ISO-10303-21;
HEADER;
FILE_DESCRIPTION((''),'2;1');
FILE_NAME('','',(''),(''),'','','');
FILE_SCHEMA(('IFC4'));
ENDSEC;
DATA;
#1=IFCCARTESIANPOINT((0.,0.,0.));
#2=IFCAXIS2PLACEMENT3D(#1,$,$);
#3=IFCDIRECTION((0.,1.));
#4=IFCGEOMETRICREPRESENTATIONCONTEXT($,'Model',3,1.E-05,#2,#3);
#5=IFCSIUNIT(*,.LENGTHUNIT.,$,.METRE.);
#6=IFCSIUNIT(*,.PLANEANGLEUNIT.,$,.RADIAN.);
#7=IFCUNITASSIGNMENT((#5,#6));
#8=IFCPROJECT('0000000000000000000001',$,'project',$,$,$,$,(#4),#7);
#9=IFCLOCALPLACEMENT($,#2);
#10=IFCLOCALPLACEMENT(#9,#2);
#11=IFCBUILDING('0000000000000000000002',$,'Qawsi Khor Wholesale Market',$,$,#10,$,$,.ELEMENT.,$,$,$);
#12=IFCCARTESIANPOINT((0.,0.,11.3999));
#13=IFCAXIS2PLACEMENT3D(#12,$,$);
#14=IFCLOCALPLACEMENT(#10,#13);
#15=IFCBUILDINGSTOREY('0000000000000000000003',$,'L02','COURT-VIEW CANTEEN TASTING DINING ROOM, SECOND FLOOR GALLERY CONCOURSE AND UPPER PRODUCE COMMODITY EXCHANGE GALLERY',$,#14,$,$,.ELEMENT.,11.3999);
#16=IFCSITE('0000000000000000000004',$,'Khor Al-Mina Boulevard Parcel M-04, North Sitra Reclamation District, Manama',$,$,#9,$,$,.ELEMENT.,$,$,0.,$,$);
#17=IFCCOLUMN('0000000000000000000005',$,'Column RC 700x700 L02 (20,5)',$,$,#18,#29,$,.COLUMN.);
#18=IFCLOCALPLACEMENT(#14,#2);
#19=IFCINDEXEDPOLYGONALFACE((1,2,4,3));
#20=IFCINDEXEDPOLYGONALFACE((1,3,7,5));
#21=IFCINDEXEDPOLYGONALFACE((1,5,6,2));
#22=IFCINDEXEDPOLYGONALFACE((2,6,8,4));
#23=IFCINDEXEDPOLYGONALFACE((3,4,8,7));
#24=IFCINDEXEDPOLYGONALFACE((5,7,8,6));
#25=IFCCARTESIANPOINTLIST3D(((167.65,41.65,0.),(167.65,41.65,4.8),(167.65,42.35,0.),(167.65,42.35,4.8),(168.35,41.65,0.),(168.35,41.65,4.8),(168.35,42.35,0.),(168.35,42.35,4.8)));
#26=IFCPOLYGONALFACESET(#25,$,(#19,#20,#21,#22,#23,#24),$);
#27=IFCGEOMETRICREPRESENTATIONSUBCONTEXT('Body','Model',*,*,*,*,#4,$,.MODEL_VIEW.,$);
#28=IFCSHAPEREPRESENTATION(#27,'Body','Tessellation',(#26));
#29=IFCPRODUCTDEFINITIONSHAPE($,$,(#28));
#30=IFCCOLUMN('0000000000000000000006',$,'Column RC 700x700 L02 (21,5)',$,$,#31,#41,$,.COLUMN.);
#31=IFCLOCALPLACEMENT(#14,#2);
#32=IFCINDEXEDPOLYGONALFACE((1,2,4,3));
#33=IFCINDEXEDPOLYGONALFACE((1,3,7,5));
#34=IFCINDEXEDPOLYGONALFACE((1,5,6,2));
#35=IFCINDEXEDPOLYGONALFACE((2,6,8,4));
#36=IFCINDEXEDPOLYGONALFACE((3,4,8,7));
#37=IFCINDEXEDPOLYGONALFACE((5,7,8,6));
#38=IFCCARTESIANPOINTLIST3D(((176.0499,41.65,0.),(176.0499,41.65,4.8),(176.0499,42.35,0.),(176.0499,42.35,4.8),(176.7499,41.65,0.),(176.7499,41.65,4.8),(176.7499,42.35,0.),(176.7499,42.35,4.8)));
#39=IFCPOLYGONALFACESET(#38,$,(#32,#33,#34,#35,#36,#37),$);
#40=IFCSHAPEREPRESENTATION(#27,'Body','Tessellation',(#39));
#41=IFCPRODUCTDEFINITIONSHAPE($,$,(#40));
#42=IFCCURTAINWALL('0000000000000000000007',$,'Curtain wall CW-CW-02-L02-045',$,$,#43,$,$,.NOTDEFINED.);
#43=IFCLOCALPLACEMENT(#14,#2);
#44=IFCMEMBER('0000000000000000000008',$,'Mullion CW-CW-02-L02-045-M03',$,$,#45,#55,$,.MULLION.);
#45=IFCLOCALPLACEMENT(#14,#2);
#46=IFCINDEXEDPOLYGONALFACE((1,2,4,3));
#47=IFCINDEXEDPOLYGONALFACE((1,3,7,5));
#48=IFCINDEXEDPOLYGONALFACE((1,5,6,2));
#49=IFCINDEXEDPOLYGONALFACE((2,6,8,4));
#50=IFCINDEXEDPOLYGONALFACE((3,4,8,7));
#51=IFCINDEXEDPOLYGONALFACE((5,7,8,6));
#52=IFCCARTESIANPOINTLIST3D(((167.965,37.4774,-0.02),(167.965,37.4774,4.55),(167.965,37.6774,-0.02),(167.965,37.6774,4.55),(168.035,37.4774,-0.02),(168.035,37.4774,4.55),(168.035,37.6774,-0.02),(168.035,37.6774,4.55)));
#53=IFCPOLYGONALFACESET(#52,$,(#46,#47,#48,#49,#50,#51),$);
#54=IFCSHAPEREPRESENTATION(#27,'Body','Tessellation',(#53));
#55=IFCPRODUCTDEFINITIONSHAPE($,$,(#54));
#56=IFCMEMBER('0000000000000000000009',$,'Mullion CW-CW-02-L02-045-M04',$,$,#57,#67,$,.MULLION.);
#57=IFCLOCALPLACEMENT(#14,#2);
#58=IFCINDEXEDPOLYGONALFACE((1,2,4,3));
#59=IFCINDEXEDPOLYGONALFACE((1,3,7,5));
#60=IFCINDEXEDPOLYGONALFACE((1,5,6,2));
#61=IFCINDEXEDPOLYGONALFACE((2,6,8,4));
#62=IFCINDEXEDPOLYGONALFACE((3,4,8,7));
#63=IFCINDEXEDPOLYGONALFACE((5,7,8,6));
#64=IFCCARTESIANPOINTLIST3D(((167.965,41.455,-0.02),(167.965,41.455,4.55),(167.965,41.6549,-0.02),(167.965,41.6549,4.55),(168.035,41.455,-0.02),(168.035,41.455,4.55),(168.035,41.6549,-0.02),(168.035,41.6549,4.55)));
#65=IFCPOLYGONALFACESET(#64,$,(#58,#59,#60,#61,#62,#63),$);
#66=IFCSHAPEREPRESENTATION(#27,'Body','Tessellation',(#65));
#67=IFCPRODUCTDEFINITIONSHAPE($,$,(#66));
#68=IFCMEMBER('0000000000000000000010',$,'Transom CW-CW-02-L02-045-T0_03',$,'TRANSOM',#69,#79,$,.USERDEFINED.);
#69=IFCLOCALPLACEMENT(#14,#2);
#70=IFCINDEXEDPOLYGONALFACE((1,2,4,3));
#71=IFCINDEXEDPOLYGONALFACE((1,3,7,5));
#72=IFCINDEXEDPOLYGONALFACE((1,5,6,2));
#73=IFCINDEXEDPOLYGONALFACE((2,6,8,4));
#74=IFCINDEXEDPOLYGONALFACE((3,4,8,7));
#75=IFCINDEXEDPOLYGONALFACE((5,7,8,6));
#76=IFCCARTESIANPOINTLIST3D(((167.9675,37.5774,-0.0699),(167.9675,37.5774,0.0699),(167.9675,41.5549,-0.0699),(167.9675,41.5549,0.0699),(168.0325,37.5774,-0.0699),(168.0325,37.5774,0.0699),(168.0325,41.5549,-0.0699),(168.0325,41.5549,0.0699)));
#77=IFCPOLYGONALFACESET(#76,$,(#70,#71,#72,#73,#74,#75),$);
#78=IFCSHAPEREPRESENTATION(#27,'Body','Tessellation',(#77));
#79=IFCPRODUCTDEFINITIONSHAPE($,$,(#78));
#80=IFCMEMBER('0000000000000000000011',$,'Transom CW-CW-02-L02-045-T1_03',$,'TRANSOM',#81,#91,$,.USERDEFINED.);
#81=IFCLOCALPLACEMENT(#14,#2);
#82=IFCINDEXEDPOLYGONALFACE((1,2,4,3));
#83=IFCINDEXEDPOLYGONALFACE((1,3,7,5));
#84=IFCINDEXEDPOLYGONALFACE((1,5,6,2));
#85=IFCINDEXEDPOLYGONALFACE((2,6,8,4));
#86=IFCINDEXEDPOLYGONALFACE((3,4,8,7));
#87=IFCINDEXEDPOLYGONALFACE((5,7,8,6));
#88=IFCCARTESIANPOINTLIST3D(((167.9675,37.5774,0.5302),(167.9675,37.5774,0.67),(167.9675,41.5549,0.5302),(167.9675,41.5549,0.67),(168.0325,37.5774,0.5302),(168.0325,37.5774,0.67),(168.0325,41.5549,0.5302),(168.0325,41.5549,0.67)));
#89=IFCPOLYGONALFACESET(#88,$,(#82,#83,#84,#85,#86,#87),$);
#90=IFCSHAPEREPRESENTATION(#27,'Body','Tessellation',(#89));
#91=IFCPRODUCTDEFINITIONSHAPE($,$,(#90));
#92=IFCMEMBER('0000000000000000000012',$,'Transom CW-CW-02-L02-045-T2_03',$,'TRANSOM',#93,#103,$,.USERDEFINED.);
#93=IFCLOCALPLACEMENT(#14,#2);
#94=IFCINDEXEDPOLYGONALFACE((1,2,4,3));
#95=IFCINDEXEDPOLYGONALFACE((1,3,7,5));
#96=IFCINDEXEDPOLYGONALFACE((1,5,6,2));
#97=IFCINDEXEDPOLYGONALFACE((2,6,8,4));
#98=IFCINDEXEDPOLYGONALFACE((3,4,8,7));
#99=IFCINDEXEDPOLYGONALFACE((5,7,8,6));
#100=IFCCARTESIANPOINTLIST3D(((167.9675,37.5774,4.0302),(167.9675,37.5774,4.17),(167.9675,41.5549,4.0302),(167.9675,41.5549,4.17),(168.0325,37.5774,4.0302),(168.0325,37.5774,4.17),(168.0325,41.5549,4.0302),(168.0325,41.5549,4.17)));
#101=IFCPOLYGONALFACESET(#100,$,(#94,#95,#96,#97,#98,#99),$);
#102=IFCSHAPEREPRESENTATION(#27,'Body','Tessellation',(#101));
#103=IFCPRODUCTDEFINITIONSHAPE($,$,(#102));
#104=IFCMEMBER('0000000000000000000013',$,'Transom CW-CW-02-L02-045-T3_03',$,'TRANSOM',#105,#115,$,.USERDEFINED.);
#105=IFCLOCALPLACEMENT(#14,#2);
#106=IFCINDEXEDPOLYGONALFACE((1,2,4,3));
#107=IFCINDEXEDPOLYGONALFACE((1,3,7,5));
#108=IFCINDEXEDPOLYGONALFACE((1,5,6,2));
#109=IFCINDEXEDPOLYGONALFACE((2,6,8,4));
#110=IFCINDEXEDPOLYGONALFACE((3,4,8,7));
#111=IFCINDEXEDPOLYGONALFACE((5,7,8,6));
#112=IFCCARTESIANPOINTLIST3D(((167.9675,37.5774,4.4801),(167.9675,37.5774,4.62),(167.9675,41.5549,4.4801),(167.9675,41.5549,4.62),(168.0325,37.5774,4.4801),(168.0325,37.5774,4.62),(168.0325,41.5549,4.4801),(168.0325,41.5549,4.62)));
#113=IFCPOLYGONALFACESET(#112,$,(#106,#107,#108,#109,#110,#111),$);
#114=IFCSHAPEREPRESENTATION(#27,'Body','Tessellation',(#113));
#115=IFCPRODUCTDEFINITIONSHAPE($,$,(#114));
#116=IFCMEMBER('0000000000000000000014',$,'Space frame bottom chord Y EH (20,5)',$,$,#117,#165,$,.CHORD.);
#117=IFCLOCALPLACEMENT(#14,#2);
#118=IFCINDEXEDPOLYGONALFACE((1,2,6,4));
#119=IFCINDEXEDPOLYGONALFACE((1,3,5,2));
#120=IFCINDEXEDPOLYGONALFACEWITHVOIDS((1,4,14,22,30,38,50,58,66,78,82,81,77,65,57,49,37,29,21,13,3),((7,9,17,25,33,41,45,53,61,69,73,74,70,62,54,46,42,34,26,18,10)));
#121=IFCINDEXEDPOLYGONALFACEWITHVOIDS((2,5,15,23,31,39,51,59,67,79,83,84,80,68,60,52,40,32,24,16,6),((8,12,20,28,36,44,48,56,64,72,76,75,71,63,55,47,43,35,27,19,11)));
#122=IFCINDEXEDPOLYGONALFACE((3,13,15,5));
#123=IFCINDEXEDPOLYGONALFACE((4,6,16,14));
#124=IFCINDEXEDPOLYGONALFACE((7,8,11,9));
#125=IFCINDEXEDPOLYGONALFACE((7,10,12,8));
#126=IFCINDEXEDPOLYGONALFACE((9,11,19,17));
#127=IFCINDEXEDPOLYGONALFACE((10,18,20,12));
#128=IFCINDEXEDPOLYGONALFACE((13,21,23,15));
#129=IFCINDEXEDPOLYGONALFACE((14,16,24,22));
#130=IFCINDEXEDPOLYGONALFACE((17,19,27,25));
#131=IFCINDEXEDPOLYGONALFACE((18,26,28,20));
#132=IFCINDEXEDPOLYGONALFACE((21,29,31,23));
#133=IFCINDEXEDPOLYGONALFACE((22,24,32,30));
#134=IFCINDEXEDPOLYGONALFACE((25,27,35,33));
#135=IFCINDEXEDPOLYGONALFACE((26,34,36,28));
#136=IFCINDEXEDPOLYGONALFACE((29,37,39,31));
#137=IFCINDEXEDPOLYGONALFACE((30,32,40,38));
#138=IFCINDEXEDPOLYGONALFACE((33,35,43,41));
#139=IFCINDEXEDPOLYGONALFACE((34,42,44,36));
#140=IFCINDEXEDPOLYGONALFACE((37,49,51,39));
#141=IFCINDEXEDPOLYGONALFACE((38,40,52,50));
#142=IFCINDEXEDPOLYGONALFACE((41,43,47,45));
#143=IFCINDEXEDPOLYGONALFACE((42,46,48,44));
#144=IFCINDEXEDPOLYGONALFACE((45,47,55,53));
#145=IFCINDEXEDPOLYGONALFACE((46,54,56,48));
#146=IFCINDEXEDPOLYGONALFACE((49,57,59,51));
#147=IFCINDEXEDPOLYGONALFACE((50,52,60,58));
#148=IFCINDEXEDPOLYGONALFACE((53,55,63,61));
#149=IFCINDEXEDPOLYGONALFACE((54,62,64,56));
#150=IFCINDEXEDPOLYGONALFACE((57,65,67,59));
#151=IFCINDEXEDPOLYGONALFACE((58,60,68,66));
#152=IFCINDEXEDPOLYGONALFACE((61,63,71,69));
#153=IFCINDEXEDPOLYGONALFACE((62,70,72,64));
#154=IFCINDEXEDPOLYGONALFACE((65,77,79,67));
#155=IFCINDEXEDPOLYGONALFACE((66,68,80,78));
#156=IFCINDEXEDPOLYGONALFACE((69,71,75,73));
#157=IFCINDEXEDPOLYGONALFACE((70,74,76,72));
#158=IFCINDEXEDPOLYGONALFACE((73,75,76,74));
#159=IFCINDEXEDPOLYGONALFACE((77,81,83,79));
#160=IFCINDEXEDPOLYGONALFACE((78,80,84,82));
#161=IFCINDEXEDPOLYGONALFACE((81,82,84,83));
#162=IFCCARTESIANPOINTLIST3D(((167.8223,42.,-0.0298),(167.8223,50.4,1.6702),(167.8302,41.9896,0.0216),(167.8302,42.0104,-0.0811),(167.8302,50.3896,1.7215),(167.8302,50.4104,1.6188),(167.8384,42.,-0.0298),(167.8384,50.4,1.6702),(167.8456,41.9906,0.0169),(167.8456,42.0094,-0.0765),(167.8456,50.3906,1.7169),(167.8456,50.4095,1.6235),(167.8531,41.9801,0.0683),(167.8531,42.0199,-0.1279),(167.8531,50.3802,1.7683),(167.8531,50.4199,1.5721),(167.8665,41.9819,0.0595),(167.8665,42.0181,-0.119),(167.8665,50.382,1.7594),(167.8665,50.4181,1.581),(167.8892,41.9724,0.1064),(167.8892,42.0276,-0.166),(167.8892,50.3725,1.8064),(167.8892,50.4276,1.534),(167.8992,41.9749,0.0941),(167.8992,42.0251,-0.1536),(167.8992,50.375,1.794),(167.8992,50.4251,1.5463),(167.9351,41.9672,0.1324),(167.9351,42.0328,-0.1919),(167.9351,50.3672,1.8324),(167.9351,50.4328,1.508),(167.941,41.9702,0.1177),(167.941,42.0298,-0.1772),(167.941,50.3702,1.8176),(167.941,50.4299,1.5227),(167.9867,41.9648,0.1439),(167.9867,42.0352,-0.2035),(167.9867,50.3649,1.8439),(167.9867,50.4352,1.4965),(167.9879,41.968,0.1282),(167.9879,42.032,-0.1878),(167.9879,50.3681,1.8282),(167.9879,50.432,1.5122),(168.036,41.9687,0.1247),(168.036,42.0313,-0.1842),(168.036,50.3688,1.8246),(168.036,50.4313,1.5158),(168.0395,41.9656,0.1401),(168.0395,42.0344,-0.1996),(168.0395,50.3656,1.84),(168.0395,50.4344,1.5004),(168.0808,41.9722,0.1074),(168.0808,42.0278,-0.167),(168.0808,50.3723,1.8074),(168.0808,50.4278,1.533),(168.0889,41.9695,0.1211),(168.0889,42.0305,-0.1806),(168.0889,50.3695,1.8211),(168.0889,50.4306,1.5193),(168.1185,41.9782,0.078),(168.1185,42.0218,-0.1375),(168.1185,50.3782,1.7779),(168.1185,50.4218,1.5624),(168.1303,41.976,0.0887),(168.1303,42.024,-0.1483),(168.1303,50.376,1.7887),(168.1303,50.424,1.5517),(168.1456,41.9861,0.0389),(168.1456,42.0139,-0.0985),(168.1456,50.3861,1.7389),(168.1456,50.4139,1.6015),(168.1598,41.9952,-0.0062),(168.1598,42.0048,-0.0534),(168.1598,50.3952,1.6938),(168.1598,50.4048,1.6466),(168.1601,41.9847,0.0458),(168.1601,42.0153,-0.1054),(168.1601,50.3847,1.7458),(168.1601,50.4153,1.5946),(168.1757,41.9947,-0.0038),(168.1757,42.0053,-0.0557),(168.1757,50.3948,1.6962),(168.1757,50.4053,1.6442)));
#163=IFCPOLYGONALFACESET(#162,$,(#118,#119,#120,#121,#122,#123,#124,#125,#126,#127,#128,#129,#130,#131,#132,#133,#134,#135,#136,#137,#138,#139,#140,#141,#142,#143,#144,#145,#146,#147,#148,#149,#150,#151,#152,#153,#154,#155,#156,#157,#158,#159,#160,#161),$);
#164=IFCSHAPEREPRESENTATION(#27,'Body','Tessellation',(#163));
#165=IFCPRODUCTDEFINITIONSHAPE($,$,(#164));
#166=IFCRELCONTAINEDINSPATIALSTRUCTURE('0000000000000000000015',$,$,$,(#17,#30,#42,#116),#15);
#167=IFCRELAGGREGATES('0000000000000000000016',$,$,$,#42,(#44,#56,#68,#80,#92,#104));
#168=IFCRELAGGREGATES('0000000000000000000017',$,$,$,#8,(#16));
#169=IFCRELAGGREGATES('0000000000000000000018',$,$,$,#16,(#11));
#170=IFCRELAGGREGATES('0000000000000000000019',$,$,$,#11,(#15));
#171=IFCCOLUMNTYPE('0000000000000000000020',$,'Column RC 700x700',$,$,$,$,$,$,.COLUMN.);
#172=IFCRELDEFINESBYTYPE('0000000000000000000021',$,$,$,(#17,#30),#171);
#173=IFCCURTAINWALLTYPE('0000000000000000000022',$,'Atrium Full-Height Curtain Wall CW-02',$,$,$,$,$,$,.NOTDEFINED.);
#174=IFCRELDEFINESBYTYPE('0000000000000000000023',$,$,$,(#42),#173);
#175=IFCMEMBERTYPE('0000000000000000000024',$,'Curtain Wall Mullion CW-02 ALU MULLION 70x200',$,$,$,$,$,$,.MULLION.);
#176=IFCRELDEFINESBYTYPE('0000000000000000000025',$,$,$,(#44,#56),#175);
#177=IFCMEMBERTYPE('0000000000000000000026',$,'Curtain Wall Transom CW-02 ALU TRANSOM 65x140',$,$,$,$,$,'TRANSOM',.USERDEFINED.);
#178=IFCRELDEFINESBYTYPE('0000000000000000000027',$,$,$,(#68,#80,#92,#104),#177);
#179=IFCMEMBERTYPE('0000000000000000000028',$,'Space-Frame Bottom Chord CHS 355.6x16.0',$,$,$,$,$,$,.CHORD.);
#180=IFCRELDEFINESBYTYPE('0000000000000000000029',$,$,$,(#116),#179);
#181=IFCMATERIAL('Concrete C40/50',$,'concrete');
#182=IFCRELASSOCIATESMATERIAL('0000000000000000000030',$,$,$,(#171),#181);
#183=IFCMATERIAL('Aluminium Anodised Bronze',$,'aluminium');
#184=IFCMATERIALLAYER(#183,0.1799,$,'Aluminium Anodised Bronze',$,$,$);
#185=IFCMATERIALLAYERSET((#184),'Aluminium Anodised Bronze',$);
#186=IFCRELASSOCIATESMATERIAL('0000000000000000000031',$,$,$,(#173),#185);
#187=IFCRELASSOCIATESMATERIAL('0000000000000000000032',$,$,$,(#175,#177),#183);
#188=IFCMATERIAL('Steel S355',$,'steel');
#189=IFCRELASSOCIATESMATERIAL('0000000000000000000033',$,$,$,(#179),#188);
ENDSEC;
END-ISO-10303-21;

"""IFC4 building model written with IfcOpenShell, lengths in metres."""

from ifc_helpers import new_model, si_unit, direction, frame, origin, origin_2d, place, context, subcontext, project, spatial, rectangle, hollow_circle, extrude, material, layer, layer_set, material_profile, profile_set, type_object, element, aggregate, save


model = new_model("IFC4")

# Units and contexts
model_context = context("Model", 3, precision=1e-05, world=origin(), true_north=direction((0.0, 1.0)))
body_context = subcontext(model_context, "Body", "Model", "MODEL_VIEW")
ifc_project = project(units=[si_unit("LENGTHUNIT", "METRE"), si_unit("PLANEANGLEUNIT", "RADIAN")], contexts=[model_context])

# Site, building, storey
site_placement = place(None, origin())
site = spatial("IfcSite", under=ifc_project, at=site_placement, Name="Khor Al-Mina Boulevard Parcel M-04, North Sitra Reclamation District, Manama", CompositionType="ELEMENT", RefElevation=0.0)
building_placement = place(site_placement, origin())
building = spatial("IfcBuilding", under=site, at=building_placement, Name="Qawsi Khor Wholesale Market", CompositionType="ELEMENT")
storey_placement = place(building_placement, frame((0.0, 0.0, 11.3999)))
storey = spatial("IfcBuildingStorey", under=building, at=storey_placement, Name="L02", Description="COURT-VIEW CANTEEN TASTING DINING ROOM, SECOND FLOOR GALLERY CONCOURSE AND UPPER PRODUCE COMMODITY EXCHANGE GALLERY", CompositionType="ELEMENT", Elevation=11.3999)

# Columns
ifc_material_1 = material(Name="Concrete C40/50", Category="concrete")
ifc_material_profile_1 = material_profile(ifc_material_1, rectangle(XDim=0.7, YDim=0.7, at=origin_2d()), Name="RC 700x700")
ifc_profile_set_1 = profile_set([ifc_material_profile_1], Name="Concrete C40/50")
column_type = type_object("IfcColumnType", Name="Column RC 700x700", PredefinedType="COLUMN", material=ifc_profile_set_1)
for number, where, z_axis, x_axis, name in (
    (1, (168.0, 42.0, 0.0), (0.0, 0.0, 1.0), (1.0, 0.0, 0.0), "Column RC 700x700 L02 (20,5)"),
    (2, (176.3999, 42.0, 0.0), (0.0, 0.0, 1.0), (1.0, 0.0, 0.0), "Column RC 700x700 L02 (21,5)"),
):
    element("IfcColumn", number, at=place(storey_placement, frame(where, z_axis=z_axis, x_axis=x_axis)), inside=storey, type_object=column_type, Name=name, PredefinedType="COLUMN", context=body_context, shape_type="SweptSolid", body=[
        extrude(rectangle(XDim=0.7, YDim=0.7, at=origin_2d()), origin(), (0.0, 0.0, 1.0), 4.8),
    ])

# Curtain wall, members
ifc_material_2 = material(Name="Aluminium Anodised Bronze", Category="aluminium")
ifc_layer_1 = layer(ifc_material_2, 0.1799, Name="Aluminium Anodised Bronze")
ifc_layer_set_1 = layer_set([ifc_layer_1], Name="Aluminium Anodised Bronze")
curtain_wall_type = type_object("IfcCurtainWallType", Name="Atrium Full-Height Curtain Wall CW-02", PredefinedType="NOTDEFINED", material=ifc_layer_set_1)
curtain_wall_placement = place(storey_placement, origin())
curtain_wall = element("IfcCurtainWall", 3, at=curtain_wall_placement, inside=storey, type_object=curtain_wall_type, Name="Curtain wall CW-CW-02-L02-045", PredefinedType="NOTDEFINED")
ifc_material_profile_2 = material_profile(ifc_material_2, rectangle(XDim=0.0701, YDim=0.2, at=origin_2d()), Name="ALU MULLION 70x200")
ifc_profile_set_2 = profile_set([ifc_material_profile_2], Name="Aluminium Anodised Bronze")
member_type_1 = type_object("IfcMemberType", Name="Curtain Wall Mullion CW-02 ALU MULLION 70x200", PredefinedType="MULLION", material=ifc_profile_set_2)
member_1_placement = place(storey_placement, frame((168.0, 37.5774, -0.02), z_axis=(0.0, 0.0, 1.0), x_axis=(1.0, 0.0, 0.0)))
member_1 = element("IfcMember", 4, at=member_1_placement, type_object=member_type_1, Name="Mullion CW-CW-02-L02-045-M03", PredefinedType="MULLION", context=body_context, shape_type="SweptSolid", body=[
    extrude(rectangle(XDim=0.0701, YDim=0.2, at=origin_2d()), origin(), (0.0, 0.0, 1.0), 4.5701),
])
member_2_placement = place(storey_placement, frame((168.0, 41.5549, -0.02), z_axis=(0.0, 0.0, 1.0), x_axis=(1.0, 0.0, 0.0)))
member_2 = element("IfcMember", 5, at=member_2_placement, type_object=member_type_1, Name="Mullion CW-CW-02-L02-045-M04", PredefinedType="MULLION", context=body_context, shape_type="SweptSolid", body=[
    extrude(rectangle(XDim=0.0701, YDim=0.2, at=origin_2d()), origin(), (0.0, 0.0, 1.0), 4.5701),
])
ifc_material_profile_3 = material_profile(ifc_material_2, rectangle(XDim=0.0649, YDim=0.1399, at=origin_2d()), Name="ALU TRANSOM 65x140")
ifc_profile_set_3 = profile_set([ifc_material_profile_3], Name="Aluminium Anodised Bronze")
member_type_2 = type_object("IfcMemberType", Name="Curtain Wall Transom CW-02 ALU TRANSOM 65x140", ElementType="TRANSOM", PredefinedType="USERDEFINED", material=ifc_profile_set_3)
member_3_placement = place(storey_placement, frame((168.0, 37.5774, 0.0), z_axis=(0.0, 1.0, 0.0), x_axis=(-1.0, 0.0, 0.0)))
member_3 = element("IfcMember", 6, at=member_3_placement, type_object=member_type_2, Name="Transom CW-CW-02-L02-045-T0_03", ObjectType="TRANSOM", PredefinedType="USERDEFINED", context=body_context, shape_type="SweptSolid", body=[
    extrude(rectangle(XDim=0.0649, YDim=0.1399, at=origin_2d()), origin(), (0.0, 0.0, 1.0), 3.9775),
])
member_4_placement = place(storey_placement, frame((168.0, 37.5774, 0.6001), z_axis=(0.0, 1.0, 0.0), x_axis=(-1.0, 0.0, 0.0)))
member_4 = element("IfcMember", 7, at=member_4_placement, type_object=member_type_2, Name="Transom CW-CW-02-L02-045-T1_03", ObjectType="TRANSOM", PredefinedType="USERDEFINED", context=body_context, shape_type="SweptSolid", body=[
    extrude(rectangle(XDim=0.0649, YDim=0.1399, at=origin_2d()), origin(), (0.0, 0.0, 1.0), 3.9775),
])
member_5_placement = place(storey_placement, frame((168.0, 37.5774, 4.1001), z_axis=(0.0, 1.0, 0.0), x_axis=(-1.0, 0.0, 0.0)))
member_5 = element("IfcMember", 8, at=member_5_placement, type_object=member_type_2, Name="Transom CW-CW-02-L02-045-T2_03", ObjectType="TRANSOM", PredefinedType="USERDEFINED", context=body_context, shape_type="SweptSolid", body=[
    extrude(rectangle(XDim=0.0649, YDim=0.1399, at=origin_2d()), origin(), (0.0, 0.0, 1.0), 3.9775),
])
member_6_placement = place(storey_placement, frame((168.0, 37.5774, 4.55), z_axis=(0.0, 1.0, 0.0), x_axis=(-1.0, 0.0, 0.0)))
member_6 = element("IfcMember", 9, at=member_6_placement, type_object=member_type_2, Name="Transom CW-CW-02-L02-045-T3_03", ObjectType="TRANSOM", PredefinedType="USERDEFINED", context=body_context, shape_type="SweptSolid", body=[
    extrude(rectangle(XDim=0.0649, YDim=0.1399, at=origin_2d()), origin(), (0.0, 0.0, 1.0), 3.9775),
])

# Member
ifc_material_3 = material(Name="Steel S355", Category="steel")
ifc_material_profile_4 = material_profile(ifc_material_3, hollow_circle(Radius=0.1777, WallThickness=0.0161, at=origin_2d()), Name="CHS 355.6x16.0")
ifc_profile_set_4 = profile_set([ifc_material_profile_4], Name="Steel S355")
member_type_3 = type_object("IfcMemberType", Name="Space-Frame Bottom Chord CHS 355.6x16.0", PredefinedType="CHORD", material=ifc_profile_set_4)
member_7_placement = place(storey_placement, frame((168.0, 42.0, -0.0298), z_axis=(0.0, 0.98013, 0.198356), x_axis=(-1.0, 0.0, 0.0)))
element("IfcMember", 10, at=member_7_placement, inside=storey, type_object=member_type_3, Name="Space frame bottom chord Y EH (20,5)", PredefinedType="CHORD", context=body_context, shape_type="SweptSolid", body=[
    extrude(hollow_circle(Radius=0.1777, WallThickness=0.0161, at=origin_2d()), origin(), (0.0, 0.0, 1.0), 8.5703),
])

aggregate(curtain_wall, [member_1, member_2, member_3, member_4, member_5, member_6])

save(model, "model.ifc")
